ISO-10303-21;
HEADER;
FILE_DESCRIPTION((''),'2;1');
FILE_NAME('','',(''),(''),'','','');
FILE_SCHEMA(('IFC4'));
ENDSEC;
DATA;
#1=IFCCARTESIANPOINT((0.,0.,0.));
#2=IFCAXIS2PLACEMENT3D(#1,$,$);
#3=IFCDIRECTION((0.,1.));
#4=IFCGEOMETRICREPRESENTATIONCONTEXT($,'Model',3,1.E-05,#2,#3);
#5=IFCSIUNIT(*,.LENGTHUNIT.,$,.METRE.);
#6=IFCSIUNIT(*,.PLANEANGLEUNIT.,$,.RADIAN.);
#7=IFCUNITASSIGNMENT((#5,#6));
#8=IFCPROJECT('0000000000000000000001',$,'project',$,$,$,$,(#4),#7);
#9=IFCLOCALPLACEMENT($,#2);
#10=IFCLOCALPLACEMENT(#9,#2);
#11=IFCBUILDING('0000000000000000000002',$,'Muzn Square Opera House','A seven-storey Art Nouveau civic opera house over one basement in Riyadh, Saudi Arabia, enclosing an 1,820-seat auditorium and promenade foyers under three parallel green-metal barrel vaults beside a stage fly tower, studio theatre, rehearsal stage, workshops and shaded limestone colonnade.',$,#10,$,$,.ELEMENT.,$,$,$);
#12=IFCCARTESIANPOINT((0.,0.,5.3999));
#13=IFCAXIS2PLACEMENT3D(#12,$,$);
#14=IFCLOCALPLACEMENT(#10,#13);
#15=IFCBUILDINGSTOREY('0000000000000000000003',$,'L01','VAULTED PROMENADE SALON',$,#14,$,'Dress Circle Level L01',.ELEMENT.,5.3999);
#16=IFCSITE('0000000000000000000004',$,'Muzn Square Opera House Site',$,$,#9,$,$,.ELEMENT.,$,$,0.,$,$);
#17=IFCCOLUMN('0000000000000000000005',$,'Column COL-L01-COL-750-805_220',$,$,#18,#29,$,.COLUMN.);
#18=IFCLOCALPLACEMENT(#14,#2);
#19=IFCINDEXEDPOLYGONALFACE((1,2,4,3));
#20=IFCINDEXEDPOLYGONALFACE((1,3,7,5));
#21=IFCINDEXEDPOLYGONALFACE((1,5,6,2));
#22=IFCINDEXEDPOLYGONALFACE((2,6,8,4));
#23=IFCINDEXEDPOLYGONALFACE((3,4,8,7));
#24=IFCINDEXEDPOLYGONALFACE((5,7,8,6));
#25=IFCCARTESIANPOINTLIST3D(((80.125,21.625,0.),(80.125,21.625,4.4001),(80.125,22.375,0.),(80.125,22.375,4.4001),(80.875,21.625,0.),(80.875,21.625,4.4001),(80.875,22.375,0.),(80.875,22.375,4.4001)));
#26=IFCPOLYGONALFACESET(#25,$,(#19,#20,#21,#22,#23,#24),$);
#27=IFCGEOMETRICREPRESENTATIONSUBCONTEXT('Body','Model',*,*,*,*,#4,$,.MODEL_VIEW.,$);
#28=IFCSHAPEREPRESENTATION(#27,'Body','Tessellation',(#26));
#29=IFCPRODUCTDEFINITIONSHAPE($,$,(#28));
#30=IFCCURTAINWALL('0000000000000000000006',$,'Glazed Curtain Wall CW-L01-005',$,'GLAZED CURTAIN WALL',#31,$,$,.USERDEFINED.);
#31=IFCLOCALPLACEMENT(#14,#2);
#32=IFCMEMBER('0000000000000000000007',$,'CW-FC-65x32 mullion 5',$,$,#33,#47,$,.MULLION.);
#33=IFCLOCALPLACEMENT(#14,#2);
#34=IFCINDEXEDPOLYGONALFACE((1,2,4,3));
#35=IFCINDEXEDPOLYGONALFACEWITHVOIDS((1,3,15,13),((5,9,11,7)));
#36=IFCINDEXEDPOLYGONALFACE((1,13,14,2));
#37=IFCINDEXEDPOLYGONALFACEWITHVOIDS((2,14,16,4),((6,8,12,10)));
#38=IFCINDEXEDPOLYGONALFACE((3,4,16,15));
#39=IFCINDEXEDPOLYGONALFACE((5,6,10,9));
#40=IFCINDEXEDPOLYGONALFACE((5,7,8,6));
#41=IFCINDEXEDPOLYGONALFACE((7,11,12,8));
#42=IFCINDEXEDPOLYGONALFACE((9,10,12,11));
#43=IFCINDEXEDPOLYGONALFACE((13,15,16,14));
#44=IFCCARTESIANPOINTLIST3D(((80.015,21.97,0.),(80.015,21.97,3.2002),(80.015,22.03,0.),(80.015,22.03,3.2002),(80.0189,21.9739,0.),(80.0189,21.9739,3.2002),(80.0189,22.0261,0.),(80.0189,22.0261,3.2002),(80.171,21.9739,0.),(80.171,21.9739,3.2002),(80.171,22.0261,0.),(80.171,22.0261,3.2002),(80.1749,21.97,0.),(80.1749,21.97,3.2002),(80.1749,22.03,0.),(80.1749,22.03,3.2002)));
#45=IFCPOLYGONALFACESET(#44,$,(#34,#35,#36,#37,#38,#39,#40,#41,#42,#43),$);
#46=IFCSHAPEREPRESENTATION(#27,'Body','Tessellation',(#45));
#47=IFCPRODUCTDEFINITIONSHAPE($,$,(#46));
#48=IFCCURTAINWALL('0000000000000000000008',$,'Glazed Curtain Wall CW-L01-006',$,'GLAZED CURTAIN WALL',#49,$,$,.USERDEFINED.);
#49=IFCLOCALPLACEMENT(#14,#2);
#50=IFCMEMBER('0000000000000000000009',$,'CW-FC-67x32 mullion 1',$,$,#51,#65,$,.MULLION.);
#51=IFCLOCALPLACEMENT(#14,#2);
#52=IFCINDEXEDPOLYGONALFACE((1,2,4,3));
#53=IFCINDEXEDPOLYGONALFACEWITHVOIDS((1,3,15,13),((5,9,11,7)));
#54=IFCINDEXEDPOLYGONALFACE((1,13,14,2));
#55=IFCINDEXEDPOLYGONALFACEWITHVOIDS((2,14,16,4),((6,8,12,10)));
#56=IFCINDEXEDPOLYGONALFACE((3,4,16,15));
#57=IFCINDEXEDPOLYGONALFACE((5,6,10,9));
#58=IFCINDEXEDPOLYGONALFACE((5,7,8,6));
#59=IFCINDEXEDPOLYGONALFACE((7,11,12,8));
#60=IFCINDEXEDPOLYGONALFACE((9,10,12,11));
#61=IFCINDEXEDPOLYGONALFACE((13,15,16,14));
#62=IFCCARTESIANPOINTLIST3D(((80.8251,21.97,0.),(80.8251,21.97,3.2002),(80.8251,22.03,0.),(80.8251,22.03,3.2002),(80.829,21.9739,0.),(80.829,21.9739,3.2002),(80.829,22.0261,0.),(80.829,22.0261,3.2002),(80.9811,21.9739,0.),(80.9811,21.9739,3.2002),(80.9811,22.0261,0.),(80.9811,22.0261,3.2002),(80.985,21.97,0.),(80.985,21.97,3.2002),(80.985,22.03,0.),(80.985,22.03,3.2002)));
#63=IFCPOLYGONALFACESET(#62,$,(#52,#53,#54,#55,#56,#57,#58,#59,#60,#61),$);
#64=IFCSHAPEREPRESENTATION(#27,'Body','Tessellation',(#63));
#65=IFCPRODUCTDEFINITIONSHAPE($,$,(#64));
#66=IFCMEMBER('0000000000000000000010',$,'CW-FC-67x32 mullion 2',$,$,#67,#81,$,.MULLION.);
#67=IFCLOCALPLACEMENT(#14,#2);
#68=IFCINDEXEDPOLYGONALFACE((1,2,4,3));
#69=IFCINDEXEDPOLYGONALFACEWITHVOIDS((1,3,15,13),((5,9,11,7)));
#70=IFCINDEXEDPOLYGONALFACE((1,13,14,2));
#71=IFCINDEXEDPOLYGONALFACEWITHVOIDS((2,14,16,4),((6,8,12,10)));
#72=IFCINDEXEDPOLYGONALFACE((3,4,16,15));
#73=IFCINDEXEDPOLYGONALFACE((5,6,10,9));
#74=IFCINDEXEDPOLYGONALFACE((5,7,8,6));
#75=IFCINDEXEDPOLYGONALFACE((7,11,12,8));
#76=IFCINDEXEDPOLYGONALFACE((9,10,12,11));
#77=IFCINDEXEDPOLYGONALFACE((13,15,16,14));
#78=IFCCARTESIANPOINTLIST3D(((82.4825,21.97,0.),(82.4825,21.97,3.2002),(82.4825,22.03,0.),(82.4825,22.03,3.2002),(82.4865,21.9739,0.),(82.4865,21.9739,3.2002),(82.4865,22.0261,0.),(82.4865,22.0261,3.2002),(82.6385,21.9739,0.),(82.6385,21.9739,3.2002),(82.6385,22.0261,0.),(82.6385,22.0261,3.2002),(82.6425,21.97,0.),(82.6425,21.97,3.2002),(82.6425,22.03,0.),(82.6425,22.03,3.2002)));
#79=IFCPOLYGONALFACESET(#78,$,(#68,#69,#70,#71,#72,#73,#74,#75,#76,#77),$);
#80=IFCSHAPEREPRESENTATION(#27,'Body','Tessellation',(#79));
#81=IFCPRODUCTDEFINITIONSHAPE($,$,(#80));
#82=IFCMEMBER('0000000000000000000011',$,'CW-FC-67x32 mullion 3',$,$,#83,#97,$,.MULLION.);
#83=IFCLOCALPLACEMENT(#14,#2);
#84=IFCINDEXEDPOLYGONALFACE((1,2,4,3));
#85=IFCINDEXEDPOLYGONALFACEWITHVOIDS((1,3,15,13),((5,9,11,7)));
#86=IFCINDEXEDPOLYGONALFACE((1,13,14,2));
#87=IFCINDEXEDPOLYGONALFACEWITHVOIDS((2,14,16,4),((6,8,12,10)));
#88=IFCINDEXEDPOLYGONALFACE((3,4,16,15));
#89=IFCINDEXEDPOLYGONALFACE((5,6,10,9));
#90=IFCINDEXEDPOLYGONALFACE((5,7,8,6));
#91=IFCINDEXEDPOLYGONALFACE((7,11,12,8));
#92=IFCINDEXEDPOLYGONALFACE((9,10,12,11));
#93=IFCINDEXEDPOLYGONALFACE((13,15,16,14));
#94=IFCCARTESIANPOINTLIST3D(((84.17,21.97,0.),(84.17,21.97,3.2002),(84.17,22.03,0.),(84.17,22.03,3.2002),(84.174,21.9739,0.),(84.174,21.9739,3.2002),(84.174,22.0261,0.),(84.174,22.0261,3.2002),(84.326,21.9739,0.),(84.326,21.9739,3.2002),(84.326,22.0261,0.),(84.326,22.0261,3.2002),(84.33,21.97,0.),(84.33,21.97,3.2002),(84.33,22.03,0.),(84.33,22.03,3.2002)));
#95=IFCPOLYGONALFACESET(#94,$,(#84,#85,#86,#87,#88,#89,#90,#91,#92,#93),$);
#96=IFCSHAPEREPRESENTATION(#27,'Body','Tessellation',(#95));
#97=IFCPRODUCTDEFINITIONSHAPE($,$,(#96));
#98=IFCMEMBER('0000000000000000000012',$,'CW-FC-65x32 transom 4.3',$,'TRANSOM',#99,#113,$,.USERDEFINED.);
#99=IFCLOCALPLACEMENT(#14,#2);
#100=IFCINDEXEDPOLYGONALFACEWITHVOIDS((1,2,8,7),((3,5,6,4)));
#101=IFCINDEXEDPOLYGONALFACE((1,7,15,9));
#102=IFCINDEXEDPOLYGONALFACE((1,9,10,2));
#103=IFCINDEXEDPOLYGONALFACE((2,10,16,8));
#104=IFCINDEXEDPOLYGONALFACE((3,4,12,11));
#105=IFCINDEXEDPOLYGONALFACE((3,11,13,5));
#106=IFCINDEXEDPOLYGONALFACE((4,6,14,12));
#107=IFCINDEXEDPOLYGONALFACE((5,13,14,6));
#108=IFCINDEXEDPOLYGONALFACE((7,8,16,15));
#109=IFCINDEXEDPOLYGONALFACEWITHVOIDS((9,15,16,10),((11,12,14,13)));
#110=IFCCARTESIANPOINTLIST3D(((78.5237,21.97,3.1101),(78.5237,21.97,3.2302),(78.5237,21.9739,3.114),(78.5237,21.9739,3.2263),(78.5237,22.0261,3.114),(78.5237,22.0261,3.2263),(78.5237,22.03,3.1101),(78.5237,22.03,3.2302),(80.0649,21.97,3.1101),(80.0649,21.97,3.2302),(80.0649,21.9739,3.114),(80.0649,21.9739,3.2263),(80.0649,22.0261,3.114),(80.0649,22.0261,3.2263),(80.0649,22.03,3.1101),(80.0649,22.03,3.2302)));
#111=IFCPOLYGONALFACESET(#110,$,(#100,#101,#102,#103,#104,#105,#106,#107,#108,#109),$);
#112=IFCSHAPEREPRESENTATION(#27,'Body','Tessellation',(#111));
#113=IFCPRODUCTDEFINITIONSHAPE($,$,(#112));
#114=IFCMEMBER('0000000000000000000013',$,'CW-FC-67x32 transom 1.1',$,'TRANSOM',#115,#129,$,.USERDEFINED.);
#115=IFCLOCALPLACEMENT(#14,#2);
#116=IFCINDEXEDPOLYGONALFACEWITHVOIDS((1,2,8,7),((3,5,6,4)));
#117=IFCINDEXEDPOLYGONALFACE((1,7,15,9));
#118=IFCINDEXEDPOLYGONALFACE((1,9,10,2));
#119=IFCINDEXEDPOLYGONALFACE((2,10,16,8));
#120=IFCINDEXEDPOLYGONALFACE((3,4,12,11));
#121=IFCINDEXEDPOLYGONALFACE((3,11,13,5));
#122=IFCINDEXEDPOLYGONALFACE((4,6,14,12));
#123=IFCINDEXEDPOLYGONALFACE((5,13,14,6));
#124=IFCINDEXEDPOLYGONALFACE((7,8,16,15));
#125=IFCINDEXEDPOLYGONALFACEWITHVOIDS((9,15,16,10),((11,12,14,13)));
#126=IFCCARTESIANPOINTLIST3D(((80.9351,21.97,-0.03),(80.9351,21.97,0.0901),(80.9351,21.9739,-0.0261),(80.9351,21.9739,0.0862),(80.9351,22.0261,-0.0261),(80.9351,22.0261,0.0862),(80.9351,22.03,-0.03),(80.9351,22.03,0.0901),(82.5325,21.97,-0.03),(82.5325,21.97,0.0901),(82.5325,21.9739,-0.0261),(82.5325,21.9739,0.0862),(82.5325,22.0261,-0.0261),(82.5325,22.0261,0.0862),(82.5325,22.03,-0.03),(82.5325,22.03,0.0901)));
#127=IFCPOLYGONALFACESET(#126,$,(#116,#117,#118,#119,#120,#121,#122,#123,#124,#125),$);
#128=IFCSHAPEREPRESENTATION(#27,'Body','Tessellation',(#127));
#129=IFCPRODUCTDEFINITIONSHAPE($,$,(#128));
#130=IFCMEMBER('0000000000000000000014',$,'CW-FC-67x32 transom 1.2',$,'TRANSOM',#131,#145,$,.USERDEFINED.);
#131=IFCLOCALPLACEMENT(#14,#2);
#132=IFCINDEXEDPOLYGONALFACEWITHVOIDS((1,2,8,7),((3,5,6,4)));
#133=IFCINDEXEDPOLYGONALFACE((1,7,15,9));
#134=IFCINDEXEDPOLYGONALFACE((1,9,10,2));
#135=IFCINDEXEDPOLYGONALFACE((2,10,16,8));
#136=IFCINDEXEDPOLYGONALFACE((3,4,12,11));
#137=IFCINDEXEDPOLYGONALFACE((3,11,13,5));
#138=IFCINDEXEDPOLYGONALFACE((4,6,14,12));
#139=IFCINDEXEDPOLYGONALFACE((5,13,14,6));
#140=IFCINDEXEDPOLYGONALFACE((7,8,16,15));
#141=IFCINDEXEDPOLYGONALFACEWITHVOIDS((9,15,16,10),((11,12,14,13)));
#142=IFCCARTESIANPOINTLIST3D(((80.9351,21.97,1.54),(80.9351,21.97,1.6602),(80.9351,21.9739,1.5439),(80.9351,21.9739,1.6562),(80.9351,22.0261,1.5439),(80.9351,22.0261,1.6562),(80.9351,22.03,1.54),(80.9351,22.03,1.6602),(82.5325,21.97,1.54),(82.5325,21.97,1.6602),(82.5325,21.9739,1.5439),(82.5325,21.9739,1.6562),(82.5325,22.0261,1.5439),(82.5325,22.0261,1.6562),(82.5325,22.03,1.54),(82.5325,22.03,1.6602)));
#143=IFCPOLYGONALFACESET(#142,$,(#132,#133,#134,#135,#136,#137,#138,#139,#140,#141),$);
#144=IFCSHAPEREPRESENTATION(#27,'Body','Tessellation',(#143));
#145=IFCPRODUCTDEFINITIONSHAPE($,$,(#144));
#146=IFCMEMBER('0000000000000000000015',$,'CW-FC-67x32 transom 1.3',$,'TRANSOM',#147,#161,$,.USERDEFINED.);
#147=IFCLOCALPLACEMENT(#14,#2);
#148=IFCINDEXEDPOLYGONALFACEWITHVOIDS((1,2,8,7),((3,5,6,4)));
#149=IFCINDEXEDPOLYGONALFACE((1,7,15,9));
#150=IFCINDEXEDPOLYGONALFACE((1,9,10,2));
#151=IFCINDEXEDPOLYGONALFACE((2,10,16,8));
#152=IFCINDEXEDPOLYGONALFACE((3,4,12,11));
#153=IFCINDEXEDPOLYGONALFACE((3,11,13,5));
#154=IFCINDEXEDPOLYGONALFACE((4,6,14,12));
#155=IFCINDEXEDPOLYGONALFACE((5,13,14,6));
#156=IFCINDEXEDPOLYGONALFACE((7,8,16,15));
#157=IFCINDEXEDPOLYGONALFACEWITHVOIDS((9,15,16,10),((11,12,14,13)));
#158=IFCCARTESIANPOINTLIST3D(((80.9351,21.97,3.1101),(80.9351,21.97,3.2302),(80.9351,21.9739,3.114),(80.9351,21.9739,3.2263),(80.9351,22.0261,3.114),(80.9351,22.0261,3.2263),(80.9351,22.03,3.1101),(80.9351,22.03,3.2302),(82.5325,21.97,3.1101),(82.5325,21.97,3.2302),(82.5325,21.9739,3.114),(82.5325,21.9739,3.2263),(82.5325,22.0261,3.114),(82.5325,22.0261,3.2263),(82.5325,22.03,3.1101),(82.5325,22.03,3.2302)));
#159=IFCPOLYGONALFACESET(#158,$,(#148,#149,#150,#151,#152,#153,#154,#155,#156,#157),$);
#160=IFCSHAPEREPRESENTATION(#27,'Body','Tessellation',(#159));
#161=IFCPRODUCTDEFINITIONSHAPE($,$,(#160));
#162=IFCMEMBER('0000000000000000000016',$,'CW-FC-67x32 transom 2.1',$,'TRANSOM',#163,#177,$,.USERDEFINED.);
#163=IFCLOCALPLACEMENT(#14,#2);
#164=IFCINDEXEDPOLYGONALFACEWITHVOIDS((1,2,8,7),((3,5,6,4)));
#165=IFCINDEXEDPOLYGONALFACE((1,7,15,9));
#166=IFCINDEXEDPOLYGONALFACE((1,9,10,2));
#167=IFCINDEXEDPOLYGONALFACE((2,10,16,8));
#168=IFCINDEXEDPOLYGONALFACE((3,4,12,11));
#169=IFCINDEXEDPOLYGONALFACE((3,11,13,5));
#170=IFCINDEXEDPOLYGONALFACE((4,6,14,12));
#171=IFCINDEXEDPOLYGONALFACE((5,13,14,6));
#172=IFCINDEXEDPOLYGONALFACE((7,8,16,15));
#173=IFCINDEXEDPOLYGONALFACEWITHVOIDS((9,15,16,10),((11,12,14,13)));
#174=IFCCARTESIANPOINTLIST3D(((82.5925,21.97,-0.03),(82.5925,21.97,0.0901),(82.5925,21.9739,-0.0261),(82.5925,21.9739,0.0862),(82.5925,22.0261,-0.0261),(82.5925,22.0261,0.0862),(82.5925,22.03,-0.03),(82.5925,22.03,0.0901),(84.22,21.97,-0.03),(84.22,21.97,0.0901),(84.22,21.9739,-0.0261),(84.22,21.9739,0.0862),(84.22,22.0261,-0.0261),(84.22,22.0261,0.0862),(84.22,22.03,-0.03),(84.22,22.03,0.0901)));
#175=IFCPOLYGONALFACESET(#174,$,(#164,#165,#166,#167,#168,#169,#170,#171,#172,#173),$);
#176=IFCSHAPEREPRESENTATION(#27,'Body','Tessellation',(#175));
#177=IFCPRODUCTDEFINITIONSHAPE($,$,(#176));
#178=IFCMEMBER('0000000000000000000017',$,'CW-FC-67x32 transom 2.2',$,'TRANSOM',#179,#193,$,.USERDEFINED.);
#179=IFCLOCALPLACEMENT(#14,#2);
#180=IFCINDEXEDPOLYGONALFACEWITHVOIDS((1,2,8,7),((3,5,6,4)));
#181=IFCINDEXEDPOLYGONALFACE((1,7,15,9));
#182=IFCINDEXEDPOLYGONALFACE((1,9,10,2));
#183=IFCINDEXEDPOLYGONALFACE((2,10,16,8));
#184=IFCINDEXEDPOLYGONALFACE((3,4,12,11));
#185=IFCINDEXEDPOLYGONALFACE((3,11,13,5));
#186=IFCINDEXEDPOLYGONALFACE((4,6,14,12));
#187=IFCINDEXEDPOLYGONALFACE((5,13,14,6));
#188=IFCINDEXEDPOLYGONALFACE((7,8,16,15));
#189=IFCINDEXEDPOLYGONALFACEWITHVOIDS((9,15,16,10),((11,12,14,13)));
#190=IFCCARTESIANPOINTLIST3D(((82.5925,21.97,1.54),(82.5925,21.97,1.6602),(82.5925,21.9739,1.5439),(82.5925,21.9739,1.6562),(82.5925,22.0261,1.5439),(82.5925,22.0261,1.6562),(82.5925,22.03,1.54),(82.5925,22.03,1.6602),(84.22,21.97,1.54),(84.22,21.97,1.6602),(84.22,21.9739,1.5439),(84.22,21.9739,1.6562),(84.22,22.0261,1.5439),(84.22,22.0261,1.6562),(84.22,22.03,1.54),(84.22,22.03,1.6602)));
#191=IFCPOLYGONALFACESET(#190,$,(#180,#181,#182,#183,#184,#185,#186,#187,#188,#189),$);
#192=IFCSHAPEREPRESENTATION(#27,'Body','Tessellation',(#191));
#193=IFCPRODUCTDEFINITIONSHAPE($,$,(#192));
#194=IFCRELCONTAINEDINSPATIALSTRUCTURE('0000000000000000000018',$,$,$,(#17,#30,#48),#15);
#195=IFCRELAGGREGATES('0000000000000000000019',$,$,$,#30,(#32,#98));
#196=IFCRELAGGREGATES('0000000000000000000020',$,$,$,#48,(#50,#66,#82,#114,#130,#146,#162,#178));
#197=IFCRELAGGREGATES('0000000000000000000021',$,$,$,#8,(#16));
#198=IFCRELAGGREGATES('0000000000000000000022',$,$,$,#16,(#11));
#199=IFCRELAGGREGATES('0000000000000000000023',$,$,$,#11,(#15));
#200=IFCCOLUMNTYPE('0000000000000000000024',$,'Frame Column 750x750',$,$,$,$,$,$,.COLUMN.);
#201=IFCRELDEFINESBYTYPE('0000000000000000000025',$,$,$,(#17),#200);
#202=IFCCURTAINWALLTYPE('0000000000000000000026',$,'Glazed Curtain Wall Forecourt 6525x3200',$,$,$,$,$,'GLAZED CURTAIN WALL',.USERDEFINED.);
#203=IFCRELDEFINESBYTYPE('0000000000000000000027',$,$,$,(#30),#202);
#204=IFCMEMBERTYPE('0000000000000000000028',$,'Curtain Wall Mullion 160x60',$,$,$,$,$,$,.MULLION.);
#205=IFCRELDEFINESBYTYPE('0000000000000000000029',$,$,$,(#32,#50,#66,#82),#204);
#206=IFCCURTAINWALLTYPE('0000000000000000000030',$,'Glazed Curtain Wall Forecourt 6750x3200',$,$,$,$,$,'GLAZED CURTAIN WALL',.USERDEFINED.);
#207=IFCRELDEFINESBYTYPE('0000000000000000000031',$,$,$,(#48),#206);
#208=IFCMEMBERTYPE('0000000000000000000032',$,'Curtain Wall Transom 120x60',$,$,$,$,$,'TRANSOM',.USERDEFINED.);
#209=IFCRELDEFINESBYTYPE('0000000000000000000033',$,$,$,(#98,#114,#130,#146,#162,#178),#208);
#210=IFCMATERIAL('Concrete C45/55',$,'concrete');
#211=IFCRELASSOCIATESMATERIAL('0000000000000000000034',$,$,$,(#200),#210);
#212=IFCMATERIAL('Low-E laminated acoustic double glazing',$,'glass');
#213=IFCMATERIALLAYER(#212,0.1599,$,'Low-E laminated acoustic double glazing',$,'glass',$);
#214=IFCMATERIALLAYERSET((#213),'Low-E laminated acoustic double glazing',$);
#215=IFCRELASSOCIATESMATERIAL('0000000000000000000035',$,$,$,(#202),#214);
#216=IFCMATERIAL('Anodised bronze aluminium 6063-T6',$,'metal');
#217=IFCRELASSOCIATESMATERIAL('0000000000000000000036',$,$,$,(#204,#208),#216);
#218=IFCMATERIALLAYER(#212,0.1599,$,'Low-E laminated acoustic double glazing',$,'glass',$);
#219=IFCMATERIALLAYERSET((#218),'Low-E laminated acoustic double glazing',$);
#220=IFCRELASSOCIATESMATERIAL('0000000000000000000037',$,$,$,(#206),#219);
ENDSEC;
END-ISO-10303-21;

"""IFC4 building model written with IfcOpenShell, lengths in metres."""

from ifc_helpers import new_model, si_unit, direction, frame, origin, origin_2d, place, context, subcontext, project, spatial, rectangle, hollow_rectangle, extrude, material, layer, layer_set, material_profile, profile_set, type_object, element, aggregate, save


model = new_model("IFC4")

# Units and contexts
model_context = context("Model", 3, precision=1e-05, world=origin(), true_north=direction((0.0, 1.0)))
body_context = subcontext(model_context, "Body", "Model", "MODEL_VIEW")
ifc_project = project(units=[si_unit("LENGTHUNIT", "METRE"), si_unit("PLANEANGLEUNIT", "RADIAN")], contexts=[model_context])

# Site, building, storey
site_placement = place(None, origin())
site = spatial("IfcSite", under=ifc_project, at=site_placement, Name="Muzn Square Opera House Site", CompositionType="ELEMENT", RefElevation=0.0)
building_placement = place(site_placement, origin())
building = spatial("IfcBuilding", under=site, at=building_placement, Name="Muzn Square Opera House", Description="A seven-storey Art Nouveau civic opera house over one basement in Riyadh, Saudi Arabia, enclosing an 1,820-seat auditorium and promenade foyers under three parallel green-metal barrel vaults beside a stage fly tower, studio theatre, rehearsal stage, workshops and shaded limestone colonnade.", CompositionType="ELEMENT")
storey_placement = place(building_placement, frame((0.0, 0.0, 5.3999)))
storey = spatial("IfcBuildingStorey", under=building, at=storey_placement, Name="L01", Description="VAULTED PROMENADE SALON", LongName="Dress Circle Level L01", CompositionType="ELEMENT", Elevation=5.3999)

# Column
ifc_material_1 = material(Name="Concrete C45/55", Category="concrete")
ifc_material_profile_1 = material_profile(ifc_material_1, rectangle(XDim=0.75, YDim=0.75, at=origin_2d()), Name="RC 750x750", Category="concrete")
ifc_profile_set_1 = profile_set([ifc_material_profile_1], Name="Concrete C45/55")
column_type = type_object("IfcColumnType", Name="Frame Column 750x750", PredefinedType="COLUMN", material=ifc_profile_set_1)
column_placement = place(storey_placement, frame((80.5, 22.0, 0.0), z_axis=(0.0, 0.0, 1.0), x_axis=(1.0, 0.0, 0.0)))
element("IfcColumn", 1, at=column_placement, inside=storey, type_object=column_type, Name="Column COL-L01-COL-750-805_220", PredefinedType="COLUMN", context=body_context, shape_type="SweptSolid", body=[
    extrude(rectangle(XDim=0.75, YDim=0.75, at=origin_2d()), origin(), (0.0, 0.0, 1.0), 4.4001),
])

# Curtain wall, member
ifc_material_2 = material(Name="Low-E laminated acoustic double glazing", Category="glass")
ifc_layer_1 = layer(ifc_material_2, 0.1599, Name="Low-E laminated acoustic double glazing", Category="glass")
ifc_layer_set_1 = layer_set([ifc_layer_1], Name="Low-E laminated acoustic double glazing")
curtain_wall_type_1 = type_object("IfcCurtainWallType", Name="Glazed Curtain Wall Forecourt 6525x3200", ElementType="GLAZED CURTAIN WALL", PredefinedType="USERDEFINED", material=ifc_layer_set_1)
curtain_wall_1_placement = place(storey_placement, origin())
curtain_wall_1 = element("IfcCurtainWall", 2, at=curtain_wall_1_placement, inside=storey, type_object=curtain_wall_type_1, Name="Glazed Curtain Wall CW-L01-005", ObjectType="GLAZED CURTAIN WALL", PredefinedType="USERDEFINED")
ifc_material_3 = material(Name="Anodised bronze aluminium 6063-T6", Category="metal")
ifc_material_profile_2 = material_profile(ifc_material_3, hollow_rectangle(XDim=0.0601, YDim=0.1599, WallThickness=0.0039, at=origin_2d()), Name="ALU 160x60x4", Category="metal")
ifc_profile_set_2 = profile_set([ifc_material_profile_2], Name="Anodised bronze aluminium 6063-T6")
member_type_1 = type_object("IfcMemberType", Name="Curtain Wall Mullion 160x60", PredefinedType="MULLION", material=ifc_profile_set_2)
member_1_placement = place(storey_placement, frame((80.095, 22.0, 0.0), z_axis=(0.0, 0.0, 1.0), x_axis=(0.0, 1.0, 0.0)))
member_1 = element("IfcMember", 3, at=member_1_placement, type_object=member_type_1, Name="CW-FC-65x32 mullion 5", PredefinedType="MULLION", context=body_context, shape_type="SweptSolid", body=[
    extrude(hollow_rectangle(XDim=0.0601, YDim=0.1599, WallThickness=0.0039, at=origin_2d()), origin(), (0.0, 0.0, 1.0), 3.2002),
])

# Curtain wall, members
ifc_layer_2 = layer(ifc_material_2, 0.1599, Name="Low-E laminated acoustic double glazing", Category="glass")
ifc_layer_set_2 = layer_set([ifc_layer_2], Name="Low-E laminated acoustic double glazing")
curtain_wall_type_2 = type_object("IfcCurtainWallType", Name="Glazed Curtain Wall Forecourt 6750x3200", ElementType="GLAZED CURTAIN WALL", PredefinedType="USERDEFINED", material=ifc_layer_set_2)
curtain_wall_2_placement = place(storey_placement, origin())
curtain_wall_2 = element("IfcCurtainWall", 4, at=curtain_wall_2_placement, inside=storey, type_object=curtain_wall_type_2, Name="Glazed Curtain Wall CW-L01-006", ObjectType="GLAZED CURTAIN WALL", PredefinedType="USERDEFINED")
member_2_placement = place(storey_placement, frame((80.905, 22.0, 0.0), z_axis=(0.0, 0.0, 1.0), x_axis=(0.0, 1.0, 0.0)))
member_2 = element("IfcMember", 5, at=member_2_placement, type_object=member_type_1, Name="CW-FC-67x32 mullion 1", PredefinedType="MULLION", context=body_context, shape_type="SweptSolid", body=[
    extrude(hollow_rectangle(XDim=0.0601, YDim=0.1599, WallThickness=0.0039, at=origin_2d()), origin(), (0.0, 0.0, 1.0), 3.2002),
])
member_3_placement = place(storey_placement, frame((82.5625, 22.0, 0.0), z_axis=(0.0, 0.0, 1.0), x_axis=(0.0, 1.0, 0.0)))
member_3 = element("IfcMember", 6, at=member_3_placement, type_object=member_type_1, Name="CW-FC-67x32 mullion 2", PredefinedType="MULLION", context=body_context, shape_type="SweptSolid", body=[
    extrude(hollow_rectangle(XDim=0.0601, YDim=0.1599, WallThickness=0.0039, at=origin_2d()), origin(), (0.0, 0.0, 1.0), 3.2002),
])
member_4_placement = place(storey_placement, frame((84.25, 22.0, 0.0), z_axis=(0.0, 0.0, 1.0), x_axis=(0.0, 1.0, 0.0)))
member_4 = element("IfcMember", 7, at=member_4_placement, type_object=member_type_1, Name="CW-FC-67x32 mullion 3", PredefinedType="MULLION", context=body_context, shape_type="SweptSolid", body=[
    extrude(hollow_rectangle(XDim=0.0601, YDim=0.1599, WallThickness=0.0039, at=origin_2d()), origin(), (0.0, 0.0, 1.0), 3.2002),
])

# Members
ifc_material_profile_3 = material_profile(ifc_material_3, hollow_rectangle(XDim=0.0601, YDim=0.1201, WallThickness=0.0039, at=origin_2d()), Name="ALU 120x60x4", Category="metal")
ifc_profile_set_3 = profile_set([ifc_material_profile_3], Name="Anodised bronze aluminium 6063-T6")
member_type_2 = type_object("IfcMemberType", Name="Curtain Wall Transom 120x60", ElementType="TRANSOM", PredefinedType="USERDEFINED", material=ifc_profile_set_3)
member_5_placement = place(storey_placement, frame((78.5237, 22.0, 3.1702), z_axis=(1.0, 0.0, 0.0), x_axis=(0.0, 1.0, 0.0)))
member_5 = element("IfcMember", 8, at=member_5_placement, type_object=member_type_2, Name="CW-FC-65x32 transom 4.3", ObjectType="TRANSOM", PredefinedType="USERDEFINED", context=body_context, shape_type="SweptSolid", body=[
    extrude(hollow_rectangle(XDim=0.0601, YDim=0.1201, WallThickness=0.0039, at=origin_2d()), origin(), (0.0, 0.0, 1.0), 1.5413),
])
member_6_placement = place(storey_placement, frame((80.9351, 22.0, 0.03), z_axis=(1.0, 0.0, 0.0), x_axis=(0.0, 1.0, 0.0)))
member_6 = element("IfcMember", 9, at=member_6_placement, type_object=member_type_2, Name="CW-FC-67x32 transom 1.1", ObjectType="TRANSOM", PredefinedType="USERDEFINED", context=body_context, shape_type="SweptSolid", body=[
    extrude(hollow_rectangle(XDim=0.0601, YDim=0.1201, WallThickness=0.0039, at=origin_2d()), origin(), (0.0, 0.0, 1.0), 1.5974),
])
member_7_placement = place(storey_placement, frame((80.9351, 22.0, 1.6001), z_axis=(1.0, 0.0, 0.0), x_axis=(0.0, 1.0, 0.0)))
member_7 = element("IfcMember", 10, at=member_7_placement, type_object=member_type_2, Name="CW-FC-67x32 transom 1.2", ObjectType="TRANSOM", PredefinedType="USERDEFINED", context=body_context, shape_type="SweptSolid", body=[
    extrude(hollow_rectangle(XDim=0.0601, YDim=0.1201, WallThickness=0.0039, at=origin_2d()), origin(), (0.0, 0.0, 1.0), 1.5974),
])
member_8_placement = place(storey_placement, frame((80.9351, 22.0, 3.1702), z_axis=(1.0, 0.0, 0.0), x_axis=(0.0, 1.0, 0.0)))
member_8 = element("IfcMember", 11, at=member_8_placement, type_object=member_type_2, Name="CW-FC-67x32 transom 1.3", ObjectType="TRANSOM", PredefinedType="USERDEFINED", context=body_context, shape_type="SweptSolid", body=[
    extrude(hollow_rectangle(XDim=0.0601, YDim=0.1201, WallThickness=0.0039, at=origin_2d()), origin(), (0.0, 0.0, 1.0), 1.5974),
])
member_9_placement = place(storey_placement, frame((82.5925, 22.0, 0.03), z_axis=(1.0, 0.0, 0.0), x_axis=(0.0, 1.0, 0.0)))
member_9 = element("IfcMember", 12, at=member_9_placement, type_object=member_type_2, Name="CW-FC-67x32 transom 2.1", ObjectType="TRANSOM", PredefinedType="USERDEFINED", context=body_context, shape_type="SweptSolid", body=[
    extrude(hollow_rectangle(XDim=0.0601, YDim=0.1201, WallThickness=0.0039, at=origin_2d()), origin(), (0.0, 0.0, 1.0), 1.6274),
])
member_10_placement = place(storey_placement, frame((82.5925, 22.0, 1.6001), z_axis=(1.0, 0.0, 0.0), x_axis=(0.0, 1.0, 0.0)))
member_10 = element("IfcMember", 13, at=member_10_placement, type_object=member_type_2, Name="CW-FC-67x32 transom 2.2", ObjectType="TRANSOM", PredefinedType="USERDEFINED", context=body_context, shape_type="SweptSolid", body=[
    extrude(hollow_rectangle(XDim=0.0601, YDim=0.1201, WallThickness=0.0039, at=origin_2d()), origin(), (0.0, 0.0, 1.0), 1.6274),
])

aggregate(curtain_wall_1, [member_1, member_5])
aggregate(curtain_wall_2, [member_2, member_3, member_4, member_6, member_7, member_8, member_9, member_10])

save(model, "model.ifc")
